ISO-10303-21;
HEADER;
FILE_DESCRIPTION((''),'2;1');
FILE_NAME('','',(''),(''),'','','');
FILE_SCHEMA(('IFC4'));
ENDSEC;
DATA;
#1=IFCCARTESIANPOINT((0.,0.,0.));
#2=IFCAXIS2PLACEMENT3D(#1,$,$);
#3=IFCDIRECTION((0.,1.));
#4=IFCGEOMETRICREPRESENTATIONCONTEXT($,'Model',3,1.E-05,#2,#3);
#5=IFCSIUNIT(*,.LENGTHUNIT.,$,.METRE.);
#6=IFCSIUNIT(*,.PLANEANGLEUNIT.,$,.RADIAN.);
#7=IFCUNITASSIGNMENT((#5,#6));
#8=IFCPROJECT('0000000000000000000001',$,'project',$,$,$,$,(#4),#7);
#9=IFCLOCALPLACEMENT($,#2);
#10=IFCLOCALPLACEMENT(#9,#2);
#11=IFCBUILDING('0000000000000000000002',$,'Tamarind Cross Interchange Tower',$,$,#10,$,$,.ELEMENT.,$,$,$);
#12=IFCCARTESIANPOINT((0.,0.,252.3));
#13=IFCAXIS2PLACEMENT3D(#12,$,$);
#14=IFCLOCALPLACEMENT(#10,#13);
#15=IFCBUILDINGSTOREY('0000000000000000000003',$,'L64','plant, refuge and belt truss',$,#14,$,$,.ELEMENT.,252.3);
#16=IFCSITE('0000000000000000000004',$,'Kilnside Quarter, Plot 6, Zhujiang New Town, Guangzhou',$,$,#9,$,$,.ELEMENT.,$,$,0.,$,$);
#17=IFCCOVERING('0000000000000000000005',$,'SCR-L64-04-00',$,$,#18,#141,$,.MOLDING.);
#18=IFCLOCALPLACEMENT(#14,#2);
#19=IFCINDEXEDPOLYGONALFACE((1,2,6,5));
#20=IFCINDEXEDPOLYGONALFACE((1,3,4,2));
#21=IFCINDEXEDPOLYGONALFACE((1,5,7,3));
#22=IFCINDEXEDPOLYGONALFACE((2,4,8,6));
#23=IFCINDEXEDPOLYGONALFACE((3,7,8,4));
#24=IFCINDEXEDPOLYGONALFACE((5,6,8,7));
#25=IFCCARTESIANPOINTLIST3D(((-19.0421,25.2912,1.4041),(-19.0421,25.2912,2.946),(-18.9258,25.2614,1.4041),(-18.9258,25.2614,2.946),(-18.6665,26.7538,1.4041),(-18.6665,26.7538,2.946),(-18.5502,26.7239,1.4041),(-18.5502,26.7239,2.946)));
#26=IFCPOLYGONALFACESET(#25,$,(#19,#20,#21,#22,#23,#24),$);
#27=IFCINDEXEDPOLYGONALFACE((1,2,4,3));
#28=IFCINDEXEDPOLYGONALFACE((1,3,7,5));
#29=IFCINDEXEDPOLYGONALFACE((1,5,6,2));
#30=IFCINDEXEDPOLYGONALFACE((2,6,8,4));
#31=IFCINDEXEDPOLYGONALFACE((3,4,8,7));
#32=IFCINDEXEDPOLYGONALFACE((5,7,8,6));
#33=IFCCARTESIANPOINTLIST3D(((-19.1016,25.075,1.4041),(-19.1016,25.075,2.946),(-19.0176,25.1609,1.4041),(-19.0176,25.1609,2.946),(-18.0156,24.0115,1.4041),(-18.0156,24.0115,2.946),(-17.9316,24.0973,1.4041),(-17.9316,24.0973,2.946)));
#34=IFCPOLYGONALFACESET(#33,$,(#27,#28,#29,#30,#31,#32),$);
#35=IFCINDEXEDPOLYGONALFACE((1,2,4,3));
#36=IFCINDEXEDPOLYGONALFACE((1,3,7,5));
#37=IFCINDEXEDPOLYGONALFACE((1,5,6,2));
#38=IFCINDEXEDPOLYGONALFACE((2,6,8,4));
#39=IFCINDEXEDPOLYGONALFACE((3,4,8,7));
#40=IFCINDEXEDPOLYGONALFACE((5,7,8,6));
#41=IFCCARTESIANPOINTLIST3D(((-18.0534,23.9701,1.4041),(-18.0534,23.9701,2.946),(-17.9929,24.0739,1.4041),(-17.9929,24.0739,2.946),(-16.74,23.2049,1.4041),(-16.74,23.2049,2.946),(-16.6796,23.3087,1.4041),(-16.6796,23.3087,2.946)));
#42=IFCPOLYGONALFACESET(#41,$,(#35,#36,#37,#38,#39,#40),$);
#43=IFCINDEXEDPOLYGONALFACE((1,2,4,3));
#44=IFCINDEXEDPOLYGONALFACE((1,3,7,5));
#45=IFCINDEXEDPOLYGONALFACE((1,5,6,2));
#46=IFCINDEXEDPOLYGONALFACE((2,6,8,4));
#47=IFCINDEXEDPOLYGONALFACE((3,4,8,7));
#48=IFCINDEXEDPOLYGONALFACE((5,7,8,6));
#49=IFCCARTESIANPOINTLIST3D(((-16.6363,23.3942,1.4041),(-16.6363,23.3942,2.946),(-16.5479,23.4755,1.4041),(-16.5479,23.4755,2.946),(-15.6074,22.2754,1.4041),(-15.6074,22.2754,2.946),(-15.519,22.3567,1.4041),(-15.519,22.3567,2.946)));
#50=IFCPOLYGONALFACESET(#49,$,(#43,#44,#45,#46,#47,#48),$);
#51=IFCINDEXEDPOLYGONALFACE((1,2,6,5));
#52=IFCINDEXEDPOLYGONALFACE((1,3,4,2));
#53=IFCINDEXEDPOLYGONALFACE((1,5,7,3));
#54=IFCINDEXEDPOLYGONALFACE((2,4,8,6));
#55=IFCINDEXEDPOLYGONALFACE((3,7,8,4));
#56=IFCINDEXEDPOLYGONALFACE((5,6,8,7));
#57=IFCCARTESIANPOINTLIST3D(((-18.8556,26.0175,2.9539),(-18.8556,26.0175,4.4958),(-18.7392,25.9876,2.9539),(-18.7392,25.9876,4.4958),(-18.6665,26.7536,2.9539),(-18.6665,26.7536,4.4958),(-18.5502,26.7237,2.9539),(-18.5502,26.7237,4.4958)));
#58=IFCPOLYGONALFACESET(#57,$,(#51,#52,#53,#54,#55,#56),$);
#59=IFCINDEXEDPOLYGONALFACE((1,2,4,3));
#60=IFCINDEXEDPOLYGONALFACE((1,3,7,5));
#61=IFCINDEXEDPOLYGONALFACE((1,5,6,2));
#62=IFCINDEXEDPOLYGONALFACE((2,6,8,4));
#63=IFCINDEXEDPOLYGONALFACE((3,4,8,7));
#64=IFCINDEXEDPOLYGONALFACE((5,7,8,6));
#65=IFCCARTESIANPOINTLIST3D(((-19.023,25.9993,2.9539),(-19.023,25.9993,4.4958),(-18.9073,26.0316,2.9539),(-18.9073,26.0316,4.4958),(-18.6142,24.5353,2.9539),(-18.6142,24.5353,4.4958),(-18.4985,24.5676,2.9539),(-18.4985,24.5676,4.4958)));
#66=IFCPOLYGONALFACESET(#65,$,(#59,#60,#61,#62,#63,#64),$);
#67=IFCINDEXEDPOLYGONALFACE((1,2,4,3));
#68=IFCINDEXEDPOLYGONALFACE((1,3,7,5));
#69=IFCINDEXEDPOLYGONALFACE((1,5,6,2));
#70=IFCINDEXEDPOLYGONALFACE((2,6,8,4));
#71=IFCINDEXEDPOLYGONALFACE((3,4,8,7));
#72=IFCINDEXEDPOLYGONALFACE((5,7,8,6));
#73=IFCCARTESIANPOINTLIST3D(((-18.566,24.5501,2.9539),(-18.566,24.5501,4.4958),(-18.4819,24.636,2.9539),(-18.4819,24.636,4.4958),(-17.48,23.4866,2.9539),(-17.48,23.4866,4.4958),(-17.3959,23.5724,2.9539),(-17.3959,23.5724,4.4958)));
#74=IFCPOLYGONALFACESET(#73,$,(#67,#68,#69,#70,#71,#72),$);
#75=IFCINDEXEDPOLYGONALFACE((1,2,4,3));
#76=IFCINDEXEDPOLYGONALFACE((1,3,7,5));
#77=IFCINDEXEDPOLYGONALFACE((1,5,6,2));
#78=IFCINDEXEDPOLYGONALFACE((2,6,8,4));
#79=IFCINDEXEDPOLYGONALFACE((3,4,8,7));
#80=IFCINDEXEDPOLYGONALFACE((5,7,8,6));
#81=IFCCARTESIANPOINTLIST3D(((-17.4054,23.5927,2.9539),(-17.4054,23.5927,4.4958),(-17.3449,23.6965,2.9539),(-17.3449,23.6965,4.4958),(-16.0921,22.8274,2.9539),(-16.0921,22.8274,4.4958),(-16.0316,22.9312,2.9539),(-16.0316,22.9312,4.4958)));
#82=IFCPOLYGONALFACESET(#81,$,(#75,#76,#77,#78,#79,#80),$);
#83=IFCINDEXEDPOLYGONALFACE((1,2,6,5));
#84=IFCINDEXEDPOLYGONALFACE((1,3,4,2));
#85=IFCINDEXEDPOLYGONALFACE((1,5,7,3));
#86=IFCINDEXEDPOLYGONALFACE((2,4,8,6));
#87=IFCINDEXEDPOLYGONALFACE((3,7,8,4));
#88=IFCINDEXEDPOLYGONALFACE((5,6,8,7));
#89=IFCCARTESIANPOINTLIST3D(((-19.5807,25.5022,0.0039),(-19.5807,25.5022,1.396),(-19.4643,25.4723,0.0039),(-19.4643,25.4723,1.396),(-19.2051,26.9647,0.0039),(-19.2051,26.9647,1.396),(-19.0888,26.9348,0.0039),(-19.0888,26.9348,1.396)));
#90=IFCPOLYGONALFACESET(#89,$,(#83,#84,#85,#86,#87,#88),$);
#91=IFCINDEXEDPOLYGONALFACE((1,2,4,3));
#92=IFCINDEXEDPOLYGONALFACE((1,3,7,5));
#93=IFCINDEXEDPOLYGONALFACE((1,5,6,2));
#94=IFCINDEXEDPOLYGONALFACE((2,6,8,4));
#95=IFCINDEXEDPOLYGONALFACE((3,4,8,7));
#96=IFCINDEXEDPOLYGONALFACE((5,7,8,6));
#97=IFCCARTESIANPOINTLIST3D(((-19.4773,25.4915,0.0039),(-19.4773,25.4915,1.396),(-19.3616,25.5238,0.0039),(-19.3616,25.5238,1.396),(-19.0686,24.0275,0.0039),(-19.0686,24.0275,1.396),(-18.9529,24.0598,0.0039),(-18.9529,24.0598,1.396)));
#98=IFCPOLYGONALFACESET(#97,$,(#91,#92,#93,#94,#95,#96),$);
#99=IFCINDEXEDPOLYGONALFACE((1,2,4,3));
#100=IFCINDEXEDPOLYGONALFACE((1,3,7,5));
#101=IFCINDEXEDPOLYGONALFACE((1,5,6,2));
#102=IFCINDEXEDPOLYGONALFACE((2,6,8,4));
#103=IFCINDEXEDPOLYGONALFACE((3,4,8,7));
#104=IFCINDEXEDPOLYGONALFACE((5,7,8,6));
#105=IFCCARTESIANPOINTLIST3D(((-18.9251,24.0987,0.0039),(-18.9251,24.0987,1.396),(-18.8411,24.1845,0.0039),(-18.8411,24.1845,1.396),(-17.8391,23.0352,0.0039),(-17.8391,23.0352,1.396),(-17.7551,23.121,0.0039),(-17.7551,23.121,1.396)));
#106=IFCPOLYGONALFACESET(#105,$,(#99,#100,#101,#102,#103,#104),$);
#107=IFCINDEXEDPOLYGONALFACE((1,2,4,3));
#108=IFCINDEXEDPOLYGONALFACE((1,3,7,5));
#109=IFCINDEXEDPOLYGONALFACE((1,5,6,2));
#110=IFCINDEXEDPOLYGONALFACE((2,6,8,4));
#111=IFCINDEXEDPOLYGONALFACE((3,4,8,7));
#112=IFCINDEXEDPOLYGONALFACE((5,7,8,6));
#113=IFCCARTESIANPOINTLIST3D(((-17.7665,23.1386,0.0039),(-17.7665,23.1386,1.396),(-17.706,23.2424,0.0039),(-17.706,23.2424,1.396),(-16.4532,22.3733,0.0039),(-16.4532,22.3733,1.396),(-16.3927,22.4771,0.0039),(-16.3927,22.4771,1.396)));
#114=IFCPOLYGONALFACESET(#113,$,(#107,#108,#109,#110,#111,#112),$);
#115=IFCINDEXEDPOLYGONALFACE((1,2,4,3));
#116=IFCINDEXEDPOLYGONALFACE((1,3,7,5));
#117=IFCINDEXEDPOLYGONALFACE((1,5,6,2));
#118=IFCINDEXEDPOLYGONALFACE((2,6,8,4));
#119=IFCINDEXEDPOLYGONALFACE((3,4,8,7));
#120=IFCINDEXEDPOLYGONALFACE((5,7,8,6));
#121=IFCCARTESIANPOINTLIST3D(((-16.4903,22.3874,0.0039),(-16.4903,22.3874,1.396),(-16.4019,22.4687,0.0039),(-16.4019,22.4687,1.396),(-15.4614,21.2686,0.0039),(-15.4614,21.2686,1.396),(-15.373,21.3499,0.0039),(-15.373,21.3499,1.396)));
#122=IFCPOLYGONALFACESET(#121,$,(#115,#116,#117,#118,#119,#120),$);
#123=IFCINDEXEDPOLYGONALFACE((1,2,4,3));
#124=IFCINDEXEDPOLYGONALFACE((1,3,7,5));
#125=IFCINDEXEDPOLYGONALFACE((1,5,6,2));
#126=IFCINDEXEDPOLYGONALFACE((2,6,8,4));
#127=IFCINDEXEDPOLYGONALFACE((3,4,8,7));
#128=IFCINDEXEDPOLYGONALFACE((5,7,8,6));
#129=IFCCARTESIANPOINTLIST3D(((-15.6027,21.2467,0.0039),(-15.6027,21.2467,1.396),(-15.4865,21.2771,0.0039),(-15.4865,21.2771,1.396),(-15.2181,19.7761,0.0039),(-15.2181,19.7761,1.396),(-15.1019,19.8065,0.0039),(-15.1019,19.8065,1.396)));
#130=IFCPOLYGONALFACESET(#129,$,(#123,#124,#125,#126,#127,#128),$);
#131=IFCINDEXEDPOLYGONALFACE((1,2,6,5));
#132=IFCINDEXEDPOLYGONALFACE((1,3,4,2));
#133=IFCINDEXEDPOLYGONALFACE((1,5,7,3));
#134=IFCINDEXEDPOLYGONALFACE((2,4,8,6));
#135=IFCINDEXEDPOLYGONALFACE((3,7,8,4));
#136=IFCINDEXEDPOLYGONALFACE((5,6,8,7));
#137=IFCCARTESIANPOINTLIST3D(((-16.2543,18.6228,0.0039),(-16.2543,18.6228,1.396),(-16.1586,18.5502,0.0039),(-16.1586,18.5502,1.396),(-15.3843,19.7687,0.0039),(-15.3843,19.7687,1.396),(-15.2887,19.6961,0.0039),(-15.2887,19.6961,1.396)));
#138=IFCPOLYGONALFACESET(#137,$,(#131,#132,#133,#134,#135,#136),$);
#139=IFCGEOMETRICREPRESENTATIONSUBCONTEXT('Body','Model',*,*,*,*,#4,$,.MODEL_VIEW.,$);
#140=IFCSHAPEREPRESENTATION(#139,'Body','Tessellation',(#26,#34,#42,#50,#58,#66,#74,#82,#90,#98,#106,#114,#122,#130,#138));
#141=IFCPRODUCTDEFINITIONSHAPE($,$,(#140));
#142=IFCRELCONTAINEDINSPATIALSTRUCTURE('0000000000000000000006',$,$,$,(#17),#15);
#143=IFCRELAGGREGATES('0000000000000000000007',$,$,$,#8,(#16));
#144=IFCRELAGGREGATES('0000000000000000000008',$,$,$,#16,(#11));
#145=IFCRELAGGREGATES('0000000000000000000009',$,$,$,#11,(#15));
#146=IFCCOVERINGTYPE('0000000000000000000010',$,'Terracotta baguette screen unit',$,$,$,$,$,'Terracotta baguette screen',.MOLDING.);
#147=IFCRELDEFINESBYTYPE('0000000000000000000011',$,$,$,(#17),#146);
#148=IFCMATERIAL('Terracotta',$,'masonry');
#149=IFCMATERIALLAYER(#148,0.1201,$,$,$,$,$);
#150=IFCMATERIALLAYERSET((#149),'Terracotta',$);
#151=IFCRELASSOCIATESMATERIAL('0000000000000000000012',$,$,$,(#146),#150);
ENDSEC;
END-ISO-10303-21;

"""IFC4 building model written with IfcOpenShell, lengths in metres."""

from ifc_helpers import new_model, si_unit, direction, frame, origin, origin_2d, place, context, subcontext, project, spatial, rectangle, extrude, material, layer, layer_set, type_object, element, save


model = new_model("IFC4")

# Units and contexts
model_context = context("Model", 3, precision=1e-05, world=origin(), true_north=direction((0.0, 1.0)))
body_context = subcontext(model_context, "Body", "Model", "MODEL_VIEW")
ifc_project = project(units=[si_unit("LENGTHUNIT", "METRE"), si_unit("PLANEANGLEUNIT", "RADIAN")], contexts=[model_context])

# Site, building, storey
site_placement = place(None, origin())
site = spatial("IfcSite", under=ifc_project, at=site_placement, Name="Kilnside Quarter, Plot 6, Zhujiang New Town, Guangzhou", CompositionType="ELEMENT", RefElevation=0.0)
building_placement = place(site_placement, origin())
building = spatial("IfcBuilding", under=site, at=building_placement, Name="Tamarind Cross Interchange Tower", CompositionType="ELEMENT")
storey_placement = place(building_placement, frame((0.0, 0.0, 252.3)))
storey = spatial("IfcBuildingStorey", under=building, at=storey_placement, Name="L64", Description="plant, refuge and belt truss", CompositionType="ELEMENT", Elevation=252.3)

# Covering
ifc_material_1 = material(Name="Terracotta", Category="masonry")
ifc_layer_1 = layer(ifc_material_1, 0.1201)
ifc_layer_set_1 = layer_set([ifc_layer_1], Name="Terracotta")
covering_type = type_object("IfcCoveringType", Name="Terracotta baguette screen unit", ElementType="Terracotta baguette screen", PredefinedType="MOLDING", material=ifc_layer_set_1)
covering_1_placement = place(storey_placement, origin())
element("IfcCovering", 1, at=covering_1_placement, inside=storey, type_object=covering_type, Name="SCR-L64-04-00", PredefinedType="MOLDING", context=body_context, shape_type="SweptSolid", body=[
    extrude(rectangle(XDim=1.51, YDim=0.1201, at=origin_2d()), frame((-18.7961, 26.0076, 1.4041), z_axis=(0.0, 0.0, 1.0), x_axis=(-0.248717, -0.968576, 0.0)), (0.0, 0.0, 1.0), 1.542),
    extrude(rectangle(XDim=1.52, YDim=0.1201, at=origin_2d()), frame((-18.5166, 24.5862, 1.4041), z_axis=(0.0, 0.0, 1.0), x_axis=(0.714453, -0.699683, 0.0)), (0.0, 0.0, 1.0), 1.542),
    extrude(rectangle(XDim=1.52, YDim=0.1201, at=origin_2d()), frame((-17.3665, 23.6394, 1.4041), z_axis=(0.0, 0.0, 1.0), x_axis=(0.864018, -0.503461, 0.0)), (0.0, 0.0, 1.0), 1.542),
    extrude(rectangle(XDim=1.52, YDim=0.1201, at=origin_2d()), frame((-16.0776, 22.8755, 1.4041), z_axis=(0.0, 0.0, 1.0), x_axis=(0.676927, -0.73605, 0.0)), (0.0, 0.0, 1.0), 1.542),
    extrude(rectangle(XDim=0.76, YDim=0.1201, at=origin_2d()), frame((-18.7029, 26.3706, 2.9539), z_axis=(0.0, 0.0, 1.0), x_axis=(-0.248717, -0.968576, 0.0)), (0.0, 0.0, 1.0), 1.542),
    extrude(rectangle(XDim=1.52, YDim=0.1201, at=origin_2d()), frame((-18.7607, 25.2834, 2.9539), z_axis=(0.0, 0.0, 1.0), x_axis=(0.268893, -0.96317, 0.0)), (0.0, 0.0, 1.0), 1.542),
    extrude(rectangle(XDim=1.52, YDim=0.1201, at=origin_2d()), frame((-17.981, 24.0613, 2.9539), z_axis=(0.0, 0.0, 1.0), x_axis=(0.714453, -0.699683, 0.0)), (0.0, 0.0, 1.0), 1.542),
    extrude(rectangle(XDim=1.52, YDim=0.1201, at=origin_2d()), frame((-16.7185, 23.262, 2.9539), z_axis=(0.0, 0.0, 1.0), x_axis=(0.864018, -0.503461, 0.0)), (0.0, 0.0, 1.0), 1.542),
    extrude(rectangle(XDim=1.51, YDim=0.1201, at=origin_2d()), frame((-19.3347, 26.2185, 0.0039), z_axis=(0.0, 0.0, 1.0), x_axis=(-0.248717, -0.968576, 0.0)), (0.0, 0.0, 1.0), 1.3921),
    extrude(rectangle(XDim=1.52, YDim=0.1201, at=origin_2d()), frame((-19.2151, 24.7756, 0.0039), z_axis=(0.0, 0.0, 1.0), x_axis=(0.268893, -0.96317, 0.0)), (0.0, 0.0, 1.0), 1.3921),
    extrude(rectangle(XDim=1.52, YDim=0.1201, at=origin_2d()), frame((-18.3401, 23.6099, 0.0039), z_axis=(0.0, 0.0, 1.0), x_axis=(0.714453, -0.699683, 0.0)), (0.0, 0.0, 1.0), 1.3921),
    extrude(rectangle(XDim=1.52, YDim=0.1201, at=origin_2d()), frame((-17.0796, 22.8079, 0.0039), z_axis=(0.0, 0.0, 1.0), x_axis=(0.864018, -0.503461, 0.0)), (0.0, 0.0, 1.0), 1.3921),
    extrude(rectangle(XDim=1.52, YDim=0.1201, at=origin_2d()), frame((-15.9316, 21.8687, 0.0039), z_axis=(0.0, 0.0, 1.0), x_axis=(0.676927, -0.73605, 0.0)), (0.0, 0.0, 1.0), 1.3921),
    extrude(rectangle(XDim=1.52, YDim=0.1201, at=origin_2d()), frame((-15.3523, 20.5266, 0.0039), z_axis=(0.0, 0.0, 1.0), x_axis=(0.253049, -0.967453, 0.0)), (0.0, 0.0, 1.0), 1.3921),
    extrude(rectangle(XDim=1.4387, YDim=0.1201, at=origin_2d()), frame((-15.7715, 19.1594, 0.0039), z_axis=(0.0, 0.0, 1.0), x_axis=(-0.604676, -0.796472, 0.0)), (0.0, 0.0, 1.0), 1.3921),
])

save(model, "model.ifc")
